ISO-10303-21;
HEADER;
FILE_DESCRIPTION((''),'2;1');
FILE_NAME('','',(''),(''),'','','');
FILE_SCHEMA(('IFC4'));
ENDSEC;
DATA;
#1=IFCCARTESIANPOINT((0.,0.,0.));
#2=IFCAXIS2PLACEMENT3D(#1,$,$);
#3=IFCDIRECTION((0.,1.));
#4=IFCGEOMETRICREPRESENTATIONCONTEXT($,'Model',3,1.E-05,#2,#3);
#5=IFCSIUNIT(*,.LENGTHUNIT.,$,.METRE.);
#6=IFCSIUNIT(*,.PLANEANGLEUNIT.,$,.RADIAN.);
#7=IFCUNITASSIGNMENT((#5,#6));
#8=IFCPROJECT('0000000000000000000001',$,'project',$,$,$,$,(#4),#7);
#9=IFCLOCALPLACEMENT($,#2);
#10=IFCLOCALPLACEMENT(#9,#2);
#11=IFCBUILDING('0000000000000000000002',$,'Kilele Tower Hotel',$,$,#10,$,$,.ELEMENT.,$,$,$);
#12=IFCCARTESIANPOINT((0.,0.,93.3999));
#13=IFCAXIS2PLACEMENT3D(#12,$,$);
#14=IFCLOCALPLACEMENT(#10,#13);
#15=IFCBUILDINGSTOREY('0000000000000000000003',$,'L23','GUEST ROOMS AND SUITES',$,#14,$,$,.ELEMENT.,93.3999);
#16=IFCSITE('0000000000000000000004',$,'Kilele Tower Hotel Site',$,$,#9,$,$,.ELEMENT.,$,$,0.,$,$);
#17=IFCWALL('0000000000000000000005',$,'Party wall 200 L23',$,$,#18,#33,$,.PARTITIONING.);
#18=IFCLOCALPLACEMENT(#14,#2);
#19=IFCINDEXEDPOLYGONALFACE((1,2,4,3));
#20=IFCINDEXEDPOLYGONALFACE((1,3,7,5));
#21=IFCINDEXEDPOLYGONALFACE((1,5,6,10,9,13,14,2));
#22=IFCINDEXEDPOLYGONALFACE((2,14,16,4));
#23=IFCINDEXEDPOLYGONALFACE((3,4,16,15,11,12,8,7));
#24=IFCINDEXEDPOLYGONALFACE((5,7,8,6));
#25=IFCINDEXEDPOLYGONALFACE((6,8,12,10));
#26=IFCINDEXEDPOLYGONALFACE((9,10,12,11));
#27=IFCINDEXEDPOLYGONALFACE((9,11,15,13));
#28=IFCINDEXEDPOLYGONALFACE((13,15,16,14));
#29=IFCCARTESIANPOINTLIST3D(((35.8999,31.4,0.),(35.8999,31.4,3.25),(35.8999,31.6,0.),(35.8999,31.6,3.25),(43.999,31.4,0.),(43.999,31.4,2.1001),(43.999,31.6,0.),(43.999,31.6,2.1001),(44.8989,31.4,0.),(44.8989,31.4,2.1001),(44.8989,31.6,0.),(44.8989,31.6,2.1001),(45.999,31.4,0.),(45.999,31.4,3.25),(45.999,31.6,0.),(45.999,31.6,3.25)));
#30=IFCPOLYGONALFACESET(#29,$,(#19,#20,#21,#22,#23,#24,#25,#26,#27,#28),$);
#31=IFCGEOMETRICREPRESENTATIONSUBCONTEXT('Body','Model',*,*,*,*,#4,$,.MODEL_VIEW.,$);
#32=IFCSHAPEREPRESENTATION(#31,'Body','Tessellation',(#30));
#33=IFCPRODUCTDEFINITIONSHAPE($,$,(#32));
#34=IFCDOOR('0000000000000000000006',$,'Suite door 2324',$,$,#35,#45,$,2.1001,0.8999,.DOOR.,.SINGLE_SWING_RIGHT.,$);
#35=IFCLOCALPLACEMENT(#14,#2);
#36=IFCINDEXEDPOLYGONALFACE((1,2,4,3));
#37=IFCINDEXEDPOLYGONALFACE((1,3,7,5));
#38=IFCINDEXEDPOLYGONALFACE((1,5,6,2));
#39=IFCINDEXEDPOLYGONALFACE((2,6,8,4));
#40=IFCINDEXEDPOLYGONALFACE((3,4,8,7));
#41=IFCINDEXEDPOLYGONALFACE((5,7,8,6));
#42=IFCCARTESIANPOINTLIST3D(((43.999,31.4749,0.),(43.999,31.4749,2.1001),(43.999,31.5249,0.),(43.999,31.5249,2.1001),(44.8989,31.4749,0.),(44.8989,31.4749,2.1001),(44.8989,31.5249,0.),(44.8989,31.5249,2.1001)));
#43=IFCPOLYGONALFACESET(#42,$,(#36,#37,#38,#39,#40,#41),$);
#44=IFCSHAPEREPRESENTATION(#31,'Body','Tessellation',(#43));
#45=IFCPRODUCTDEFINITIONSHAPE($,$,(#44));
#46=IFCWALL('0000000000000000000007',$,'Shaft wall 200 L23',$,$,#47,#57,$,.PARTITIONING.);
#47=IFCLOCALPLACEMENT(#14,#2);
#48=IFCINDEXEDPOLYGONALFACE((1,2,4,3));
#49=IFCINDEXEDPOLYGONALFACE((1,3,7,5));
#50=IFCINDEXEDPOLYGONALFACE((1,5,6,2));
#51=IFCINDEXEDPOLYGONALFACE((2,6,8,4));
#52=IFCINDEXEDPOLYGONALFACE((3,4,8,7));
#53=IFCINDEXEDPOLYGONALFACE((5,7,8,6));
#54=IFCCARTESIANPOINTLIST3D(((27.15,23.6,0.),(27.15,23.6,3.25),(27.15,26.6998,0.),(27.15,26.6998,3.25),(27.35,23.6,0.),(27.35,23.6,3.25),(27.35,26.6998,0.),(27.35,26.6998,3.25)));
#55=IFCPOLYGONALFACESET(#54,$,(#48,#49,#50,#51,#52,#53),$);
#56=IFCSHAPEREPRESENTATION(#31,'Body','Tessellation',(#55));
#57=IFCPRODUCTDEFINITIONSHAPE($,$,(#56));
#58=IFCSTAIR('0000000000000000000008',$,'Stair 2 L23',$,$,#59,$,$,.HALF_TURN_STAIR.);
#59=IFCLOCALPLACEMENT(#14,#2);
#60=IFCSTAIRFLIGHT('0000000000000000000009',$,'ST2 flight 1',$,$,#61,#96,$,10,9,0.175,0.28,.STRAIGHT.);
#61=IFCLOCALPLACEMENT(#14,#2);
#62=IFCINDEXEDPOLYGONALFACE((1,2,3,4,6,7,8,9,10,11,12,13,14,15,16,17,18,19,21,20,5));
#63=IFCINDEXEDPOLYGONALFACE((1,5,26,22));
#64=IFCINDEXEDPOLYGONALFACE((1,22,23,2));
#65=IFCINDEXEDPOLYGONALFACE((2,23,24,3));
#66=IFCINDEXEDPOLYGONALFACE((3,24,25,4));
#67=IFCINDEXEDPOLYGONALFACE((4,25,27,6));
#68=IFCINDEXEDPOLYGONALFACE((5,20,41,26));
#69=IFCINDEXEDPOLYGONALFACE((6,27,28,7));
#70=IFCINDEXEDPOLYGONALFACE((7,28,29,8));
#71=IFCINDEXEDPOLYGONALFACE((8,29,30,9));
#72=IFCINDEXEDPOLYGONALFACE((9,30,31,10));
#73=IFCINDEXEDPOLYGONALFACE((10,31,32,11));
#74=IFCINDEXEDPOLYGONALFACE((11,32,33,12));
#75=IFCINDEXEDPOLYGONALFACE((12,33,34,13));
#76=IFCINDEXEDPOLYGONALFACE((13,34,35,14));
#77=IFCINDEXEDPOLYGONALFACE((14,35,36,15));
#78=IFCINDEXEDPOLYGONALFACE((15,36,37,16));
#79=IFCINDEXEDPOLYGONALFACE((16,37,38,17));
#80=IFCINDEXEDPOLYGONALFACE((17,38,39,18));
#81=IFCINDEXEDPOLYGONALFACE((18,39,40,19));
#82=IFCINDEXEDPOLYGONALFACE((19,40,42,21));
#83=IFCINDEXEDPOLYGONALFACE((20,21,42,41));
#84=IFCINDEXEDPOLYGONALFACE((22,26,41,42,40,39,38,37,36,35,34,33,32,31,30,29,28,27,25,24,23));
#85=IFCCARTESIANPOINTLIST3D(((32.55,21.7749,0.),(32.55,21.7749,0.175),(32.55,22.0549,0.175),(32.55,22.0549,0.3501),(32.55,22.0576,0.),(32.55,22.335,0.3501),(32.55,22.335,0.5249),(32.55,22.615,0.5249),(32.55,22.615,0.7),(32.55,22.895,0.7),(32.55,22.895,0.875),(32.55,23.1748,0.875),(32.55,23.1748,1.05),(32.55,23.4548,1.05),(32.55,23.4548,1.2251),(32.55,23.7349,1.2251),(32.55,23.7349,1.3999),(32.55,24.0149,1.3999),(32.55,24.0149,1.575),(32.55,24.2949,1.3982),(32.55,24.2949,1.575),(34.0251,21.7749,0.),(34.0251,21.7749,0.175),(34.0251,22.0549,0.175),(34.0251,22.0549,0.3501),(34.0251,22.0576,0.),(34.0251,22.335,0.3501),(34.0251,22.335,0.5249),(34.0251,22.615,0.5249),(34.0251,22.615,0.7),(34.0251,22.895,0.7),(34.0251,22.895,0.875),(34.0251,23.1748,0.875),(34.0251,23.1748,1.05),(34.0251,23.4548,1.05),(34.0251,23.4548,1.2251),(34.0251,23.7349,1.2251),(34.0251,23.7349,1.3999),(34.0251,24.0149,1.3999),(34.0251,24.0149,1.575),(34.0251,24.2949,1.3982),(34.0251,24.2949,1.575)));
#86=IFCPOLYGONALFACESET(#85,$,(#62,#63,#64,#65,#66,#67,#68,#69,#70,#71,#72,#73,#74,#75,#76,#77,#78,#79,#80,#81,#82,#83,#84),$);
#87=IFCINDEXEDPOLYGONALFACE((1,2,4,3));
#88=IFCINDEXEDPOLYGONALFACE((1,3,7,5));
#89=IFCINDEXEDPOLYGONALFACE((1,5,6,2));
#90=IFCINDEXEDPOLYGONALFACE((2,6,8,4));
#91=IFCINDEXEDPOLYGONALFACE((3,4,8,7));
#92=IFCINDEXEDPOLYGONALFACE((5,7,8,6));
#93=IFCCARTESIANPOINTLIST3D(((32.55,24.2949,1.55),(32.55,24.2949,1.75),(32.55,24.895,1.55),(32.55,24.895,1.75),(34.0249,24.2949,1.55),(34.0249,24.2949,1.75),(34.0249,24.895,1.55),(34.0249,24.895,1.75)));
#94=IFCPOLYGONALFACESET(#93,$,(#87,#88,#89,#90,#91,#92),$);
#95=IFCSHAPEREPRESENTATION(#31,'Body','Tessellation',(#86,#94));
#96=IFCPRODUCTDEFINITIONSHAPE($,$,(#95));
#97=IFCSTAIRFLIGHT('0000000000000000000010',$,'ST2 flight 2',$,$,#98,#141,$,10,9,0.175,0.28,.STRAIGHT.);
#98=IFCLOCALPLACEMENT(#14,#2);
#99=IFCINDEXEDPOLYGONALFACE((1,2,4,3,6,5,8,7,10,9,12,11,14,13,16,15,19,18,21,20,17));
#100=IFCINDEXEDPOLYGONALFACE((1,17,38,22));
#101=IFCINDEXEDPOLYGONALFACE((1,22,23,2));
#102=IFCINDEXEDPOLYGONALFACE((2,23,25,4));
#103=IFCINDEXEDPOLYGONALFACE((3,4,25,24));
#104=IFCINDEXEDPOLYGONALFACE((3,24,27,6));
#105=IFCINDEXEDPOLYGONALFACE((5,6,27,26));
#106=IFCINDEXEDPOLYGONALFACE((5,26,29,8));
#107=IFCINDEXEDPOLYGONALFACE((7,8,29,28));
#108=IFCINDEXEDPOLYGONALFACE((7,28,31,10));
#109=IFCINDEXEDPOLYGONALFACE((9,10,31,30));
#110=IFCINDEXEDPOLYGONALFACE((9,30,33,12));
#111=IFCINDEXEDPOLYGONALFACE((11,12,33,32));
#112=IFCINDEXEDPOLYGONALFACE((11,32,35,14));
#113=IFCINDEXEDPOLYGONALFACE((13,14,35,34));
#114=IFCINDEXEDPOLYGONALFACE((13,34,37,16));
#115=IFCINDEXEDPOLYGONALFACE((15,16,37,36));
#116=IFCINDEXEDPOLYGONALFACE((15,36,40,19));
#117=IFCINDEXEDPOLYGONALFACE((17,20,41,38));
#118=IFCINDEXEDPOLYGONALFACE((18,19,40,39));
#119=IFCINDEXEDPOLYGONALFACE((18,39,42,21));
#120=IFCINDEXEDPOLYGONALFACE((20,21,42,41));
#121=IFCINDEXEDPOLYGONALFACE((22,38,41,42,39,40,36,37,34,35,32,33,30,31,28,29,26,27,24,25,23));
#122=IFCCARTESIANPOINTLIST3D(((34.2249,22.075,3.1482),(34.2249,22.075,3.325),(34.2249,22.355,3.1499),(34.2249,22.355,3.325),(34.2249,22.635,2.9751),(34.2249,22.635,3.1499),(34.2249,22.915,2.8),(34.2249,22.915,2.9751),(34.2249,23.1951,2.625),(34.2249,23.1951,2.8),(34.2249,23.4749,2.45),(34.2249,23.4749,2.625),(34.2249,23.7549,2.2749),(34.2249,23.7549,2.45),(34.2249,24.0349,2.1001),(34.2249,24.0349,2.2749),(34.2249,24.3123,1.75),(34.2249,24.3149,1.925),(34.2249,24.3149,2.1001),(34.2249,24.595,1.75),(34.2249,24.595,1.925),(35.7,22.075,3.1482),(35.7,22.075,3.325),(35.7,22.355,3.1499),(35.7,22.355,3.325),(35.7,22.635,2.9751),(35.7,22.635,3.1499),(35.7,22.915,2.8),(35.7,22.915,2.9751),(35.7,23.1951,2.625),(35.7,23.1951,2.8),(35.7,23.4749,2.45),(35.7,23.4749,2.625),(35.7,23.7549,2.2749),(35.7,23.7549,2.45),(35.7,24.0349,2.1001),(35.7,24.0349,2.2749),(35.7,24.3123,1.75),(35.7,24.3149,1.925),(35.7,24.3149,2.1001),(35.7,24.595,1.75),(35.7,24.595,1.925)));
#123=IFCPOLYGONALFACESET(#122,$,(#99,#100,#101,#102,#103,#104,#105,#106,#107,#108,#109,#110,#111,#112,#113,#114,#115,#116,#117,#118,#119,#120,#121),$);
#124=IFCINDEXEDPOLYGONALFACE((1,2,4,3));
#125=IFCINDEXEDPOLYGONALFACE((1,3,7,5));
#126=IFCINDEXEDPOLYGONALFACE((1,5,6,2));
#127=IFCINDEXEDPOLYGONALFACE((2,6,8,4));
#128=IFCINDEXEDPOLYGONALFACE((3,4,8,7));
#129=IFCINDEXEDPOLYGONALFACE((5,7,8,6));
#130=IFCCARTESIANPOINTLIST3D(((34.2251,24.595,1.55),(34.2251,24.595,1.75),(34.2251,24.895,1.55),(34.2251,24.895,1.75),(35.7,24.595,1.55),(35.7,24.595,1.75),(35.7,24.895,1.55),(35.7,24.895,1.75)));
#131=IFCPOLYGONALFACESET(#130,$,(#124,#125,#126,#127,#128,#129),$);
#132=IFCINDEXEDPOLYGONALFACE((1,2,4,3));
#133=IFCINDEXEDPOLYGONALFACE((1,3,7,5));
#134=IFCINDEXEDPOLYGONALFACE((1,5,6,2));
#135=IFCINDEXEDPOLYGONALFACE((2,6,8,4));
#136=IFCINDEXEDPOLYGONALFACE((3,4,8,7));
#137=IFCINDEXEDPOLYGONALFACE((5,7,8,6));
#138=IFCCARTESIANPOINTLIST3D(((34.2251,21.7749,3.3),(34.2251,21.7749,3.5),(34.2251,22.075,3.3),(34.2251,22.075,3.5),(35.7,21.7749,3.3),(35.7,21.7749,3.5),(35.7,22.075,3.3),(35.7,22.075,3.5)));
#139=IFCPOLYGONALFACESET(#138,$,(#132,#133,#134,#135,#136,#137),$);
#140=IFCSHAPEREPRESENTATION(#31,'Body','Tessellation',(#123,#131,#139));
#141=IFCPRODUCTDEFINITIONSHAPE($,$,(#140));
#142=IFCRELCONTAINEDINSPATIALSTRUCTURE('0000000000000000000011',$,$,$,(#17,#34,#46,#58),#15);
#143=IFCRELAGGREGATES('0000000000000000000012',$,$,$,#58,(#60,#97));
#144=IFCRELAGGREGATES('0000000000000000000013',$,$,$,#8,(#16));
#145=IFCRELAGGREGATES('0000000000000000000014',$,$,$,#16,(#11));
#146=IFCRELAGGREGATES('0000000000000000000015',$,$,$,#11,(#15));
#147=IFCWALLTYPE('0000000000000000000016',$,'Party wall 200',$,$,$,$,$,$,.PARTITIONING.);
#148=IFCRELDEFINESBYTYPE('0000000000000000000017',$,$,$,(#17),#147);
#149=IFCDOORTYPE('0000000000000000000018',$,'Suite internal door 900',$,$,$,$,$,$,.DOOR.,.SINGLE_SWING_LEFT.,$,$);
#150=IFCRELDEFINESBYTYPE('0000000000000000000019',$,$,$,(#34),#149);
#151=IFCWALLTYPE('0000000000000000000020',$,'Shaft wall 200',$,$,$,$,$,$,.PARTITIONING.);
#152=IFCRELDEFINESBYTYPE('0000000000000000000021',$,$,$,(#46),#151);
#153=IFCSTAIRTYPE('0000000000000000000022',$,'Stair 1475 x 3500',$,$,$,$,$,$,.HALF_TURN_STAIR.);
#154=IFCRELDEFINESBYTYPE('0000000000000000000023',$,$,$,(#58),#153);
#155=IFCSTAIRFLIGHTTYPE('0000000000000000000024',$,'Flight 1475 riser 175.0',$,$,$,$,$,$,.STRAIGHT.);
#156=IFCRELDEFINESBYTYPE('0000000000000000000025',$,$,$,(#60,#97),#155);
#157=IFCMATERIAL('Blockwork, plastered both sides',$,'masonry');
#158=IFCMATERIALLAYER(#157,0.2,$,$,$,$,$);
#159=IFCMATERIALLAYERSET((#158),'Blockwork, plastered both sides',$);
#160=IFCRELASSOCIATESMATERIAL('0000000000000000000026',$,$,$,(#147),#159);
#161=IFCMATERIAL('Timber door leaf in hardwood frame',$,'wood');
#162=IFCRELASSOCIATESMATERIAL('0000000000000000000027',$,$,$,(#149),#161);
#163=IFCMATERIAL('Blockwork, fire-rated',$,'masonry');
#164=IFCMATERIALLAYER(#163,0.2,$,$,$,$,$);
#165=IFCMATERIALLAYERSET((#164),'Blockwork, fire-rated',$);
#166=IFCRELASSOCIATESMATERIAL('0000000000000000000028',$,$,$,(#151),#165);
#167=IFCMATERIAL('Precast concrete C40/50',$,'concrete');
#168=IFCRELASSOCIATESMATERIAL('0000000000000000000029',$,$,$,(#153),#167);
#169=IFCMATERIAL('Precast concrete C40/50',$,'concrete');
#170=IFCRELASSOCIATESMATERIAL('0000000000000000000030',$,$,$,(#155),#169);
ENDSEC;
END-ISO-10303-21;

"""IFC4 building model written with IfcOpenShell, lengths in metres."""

from ifc_helpers import new_model, si_unit, direction, frame, frame_2d, origin, place, context, subcontext, project, spatial, polyline, rectangle, outline, extrude, material, layer, layer_set, type_object, element, fill, aggregate, save


model = new_model("IFC4")

# Units and contexts
model_context = context("Model", 3, precision=1e-05, world=origin(), true_north=direction((0.0, 1.0)))
body_context = subcontext(model_context, "Body", "Model", "MODEL_VIEW")
ifc_project = project(units=[si_unit("LENGTHUNIT", "METRE"), si_unit("PLANEANGLEUNIT", "RADIAN")], contexts=[model_context])

# Site, building, storey
site_placement = place(None, origin())
site = spatial("IfcSite", under=ifc_project, at=site_placement, Name="Kilele Tower Hotel Site", CompositionType="ELEMENT", RefElevation=0.0)
building_placement = place(site_placement, origin())
building = spatial("IfcBuilding", under=site, at=building_placement, Name="Kilele Tower Hotel", CompositionType="ELEMENT")
storey_placement = place(building_placement, frame((0.0, 0.0, 93.3999)))
storey = spatial("IfcBuildingStorey", under=building, at=storey_placement, Name="L23", Description="GUEST ROOMS AND SUITES", CompositionType="ELEMENT", Elevation=93.3999)

# Shared definitions
ifc_material_1 = material(Name="Blockwork, plastered both sides", Category="masonry")
ifc_layer_1 = layer(ifc_material_1, 0.2)
ifc_layer_set_1 = layer_set([ifc_layer_1], Name="Blockwork, plastered both sides")
wall_type_1 = type_object("IfcWallType", Name="Party wall 200", PredefinedType="PARTITIONING", material=ifc_layer_set_1)

# Wall, opening, door
wall_1_placement = place(storey_placement, frame((35.8999, 31.5, 0.0), z_axis=(0.0, 0.0, 1.0), x_axis=(1.0, 0.0, 0.0)))
wall_1 = element("IfcWall", 1, at=wall_1_placement, inside=storey, type_object=wall_type_1, Name="Party wall 200 L23", PredefinedType="PARTITIONING", context=body_context, shape_type="SweptSolid", body=[
    extrude(rectangle(XDim=10.0991, YDim=0.2, at=frame_2d((5.0496, 0.0))), origin(), (0.0, 0.0, 1.0), 3.25),
])
opening_1_placement = place(wall_1_placement, frame((8.0991, 0.0, 0.0)))
opening_1 = element("IfcOpeningElement", 2, at=opening_1_placement, cuts=wall_1, PredefinedType="OPENING", context=body_context, shape_type="SweptSolid", body=[
    extrude(rectangle(XDim=0.8999, YDim=2.1001, at=frame_2d((0.45, 1.05))), frame((0.0, 0.1099, 0.0), z_axis=(0.0, -1.0, 0.0), x_axis=(1.0, 0.0, 0.0)), (0.0, 0.0, 1.0), 0.22),
])
ifc_material_2 = material(Name="Timber door leaf in hardwood frame", Category="wood")
door_type_1 = type_object("IfcDoorType", Name="Suite internal door 900", OperationType="SINGLE_SWING_LEFT", PredefinedType="DOOR", material=ifc_material_2)
door_1_placement = place(opening_1_placement, origin())
door_1 = element("IfcDoor", 3, at=door_1_placement, inside=storey, type_object=door_type_1, Name="Suite door 2324", OperationType="SINGLE_SWING_RIGHT", OverallHeight=2.1001, OverallWidth=0.8999, PredefinedType="DOOR", context=body_context, shape_type="SweptSolid", body=[
    extrude(rectangle(XDim=0.8999, YDim=2.1001, at=frame_2d((0.45, 1.05))), frame((0.0, 0.0249, 0.0), z_axis=(0.0, -1.0, 0.0), x_axis=(1.0, 0.0, 0.0)), (0.0, 0.0, 1.0), 0.05),
])
fill(opening_1, door_1)

# Wall
ifc_material_3 = material(Name="Blockwork, fire-rated", Category="masonry")
ifc_layer_2 = layer(ifc_material_3, 0.2)
ifc_layer_set_2 = layer_set([ifc_layer_2], Name="Blockwork, fire-rated")
wall_type_2 = type_object("IfcWallType", Name="Shaft wall 200", PredefinedType="PARTITIONING", material=ifc_layer_set_2)
wall_2_placement = place(storey_placement, frame((27.25, 23.6001, 0.0), z_axis=(0.0, 0.0, 1.0), x_axis=(0.0, 1.0, 0.0)))
element("IfcWall", 4, at=wall_2_placement, inside=storey, type_object=wall_type_2, Name="Shaft wall 200 L23", PredefinedType="PARTITIONING", context=body_context, shape_type="SweptSolid", body=[
    extrude(rectangle(XDim=3.0999, YDim=0.2, at=frame_2d((1.5498, 0.0))), origin(), (0.0, 0.0, 1.0), 3.25),
])

# Stair, stair flights
ifc_material_4 = material(Name="Precast concrete C40/50", Category="concrete")
stair_type = type_object("IfcStairType", Name="Stair 1475 x 3500", PredefinedType="HALF_TURN_STAIR", material=ifc_material_4)
stair_placement = place(storey_placement, origin())
stair = element("IfcStair", 5, at=stair_placement, inside=storey, type_object=stair_type, Name="Stair 2 L23", PredefinedType="HALF_TURN_STAIR")
ifc_material_5 = material(Name="Precast concrete C40/50", Category="concrete")
stair_flight_type = type_object("IfcStairFlightType", Name="Flight 1475 riser 175.0", PredefinedType="STRAIGHT", material=ifc_material_5)
stair_flight_1_placement = place(storey_placement, frame((33.2876, 21.7749, 0.0), z_axis=(0.0, 0.0, 1.0), x_axis=(0.0, 1.0, 0.0)))
stair_flight_1 = element("IfcStairFlight", 6, at=stair_flight_1_placement, type_object=stair_flight_type, Name="ST2 flight 1", NumberOfRisers=10, NumberOfTreads=9, PredefinedType="STRAIGHT", RiserHeight=0.175, TreadLength=0.28, context=body_context, shape_type="SweptSolid", body=[
    extrude(outline(polyline([(0.0, 0.0), (0.0, 0.175), (0.28, 0.175), (0.28, 0.3501), (0.5601, 0.3501), (0.5601, 0.5249), (0.8401, 0.5249), (0.8401, 0.7), (1.1201, 0.7), (1.1201, 0.875), (1.3999, 0.875), (1.3999, 1.05), (1.6799, 1.05), (1.6799, 1.2251), (1.96, 1.2251), (1.96, 1.3999), (2.24, 1.3999), (2.24, 1.575), (2.52, 1.575), (2.52, 1.75), (2.52, 1.3982), (0.2827, 0.0), (0.0, 0.0)])), frame((0.0, 0.7375, 0.0), z_axis=(0.0, -1.0, 0.0), x_axis=(1.0, 0.0, 0.0)), (0.0, 0.0, 1.0), 1.4751),
    extrude(outline(polyline([(2.52, 0.7375), (2.52, -0.7373), (3.1201, -0.7373), (3.1201, 0.7375), (2.52, 0.7375)])), frame((0.0, 0.0, 1.55)), (0.0, 0.0, 1.0), 0.2),
])
stair_flight_2_placement = place(storey_placement, frame((34.9624, 24.595, 1.75), z_axis=(0.0, 0.0, 1.0), x_axis=(0.0, -1.0, 0.0)))
stair_flight_2 = element("IfcStairFlight", 7, at=stair_flight_2_placement, type_object=stair_flight_type, Name="ST2 flight 2", NumberOfRisers=10, NumberOfTreads=9, PredefinedType="STRAIGHT", RiserHeight=0.175, TreadLength=0.28, context=body_context, shape_type="SweptSolid", body=[
    extrude(outline(polyline([(0.0, 0.0), (0.0, 0.175), (0.28, 0.175), (0.28, 0.3501), (0.5601, 0.3501), (0.5601, 0.5249), (0.8401, 0.5249), (0.8401, 0.7), (1.1201, 0.7), (1.1201, 0.875), (1.3999, 0.875), (1.3999, 1.05), (1.6799, 1.05), (1.6799, 1.2251), (1.96, 1.2251), (1.96, 1.3999), (2.24, 1.3999), (2.24, 1.575), (2.52, 1.575), (2.52, 1.75), (2.52, 1.3982), (0.2827, 0.0), (0.0, 0.0)])), frame((0.0, 0.7375, 0.0), z_axis=(0.0, -1.0, 0.0), x_axis=(1.0, 0.0, 0.0)), (0.0, 0.0, 1.0), 1.4751),
    extrude(outline(polyline([(0.0, -0.7373), (0.0, 0.7375), (-0.3, 0.7375), (-0.3, -0.7373), (0.0, -0.7373)])), frame((0.0, 0.0, -0.2)), (0.0, 0.0, 1.0), 0.2),
    extrude(outline(polyline([(2.8201, -0.7373), (2.8201, 0.7375), (2.52, 0.7375), (2.52, -0.7373), (2.8201, -0.7373)])), frame((0.0, 0.0, 1.55)), (0.0, 0.0, 1.0), 0.2),
])
aggregate(stair, [stair_flight_1, stair_flight_2])

save(model, "model.ifc")
